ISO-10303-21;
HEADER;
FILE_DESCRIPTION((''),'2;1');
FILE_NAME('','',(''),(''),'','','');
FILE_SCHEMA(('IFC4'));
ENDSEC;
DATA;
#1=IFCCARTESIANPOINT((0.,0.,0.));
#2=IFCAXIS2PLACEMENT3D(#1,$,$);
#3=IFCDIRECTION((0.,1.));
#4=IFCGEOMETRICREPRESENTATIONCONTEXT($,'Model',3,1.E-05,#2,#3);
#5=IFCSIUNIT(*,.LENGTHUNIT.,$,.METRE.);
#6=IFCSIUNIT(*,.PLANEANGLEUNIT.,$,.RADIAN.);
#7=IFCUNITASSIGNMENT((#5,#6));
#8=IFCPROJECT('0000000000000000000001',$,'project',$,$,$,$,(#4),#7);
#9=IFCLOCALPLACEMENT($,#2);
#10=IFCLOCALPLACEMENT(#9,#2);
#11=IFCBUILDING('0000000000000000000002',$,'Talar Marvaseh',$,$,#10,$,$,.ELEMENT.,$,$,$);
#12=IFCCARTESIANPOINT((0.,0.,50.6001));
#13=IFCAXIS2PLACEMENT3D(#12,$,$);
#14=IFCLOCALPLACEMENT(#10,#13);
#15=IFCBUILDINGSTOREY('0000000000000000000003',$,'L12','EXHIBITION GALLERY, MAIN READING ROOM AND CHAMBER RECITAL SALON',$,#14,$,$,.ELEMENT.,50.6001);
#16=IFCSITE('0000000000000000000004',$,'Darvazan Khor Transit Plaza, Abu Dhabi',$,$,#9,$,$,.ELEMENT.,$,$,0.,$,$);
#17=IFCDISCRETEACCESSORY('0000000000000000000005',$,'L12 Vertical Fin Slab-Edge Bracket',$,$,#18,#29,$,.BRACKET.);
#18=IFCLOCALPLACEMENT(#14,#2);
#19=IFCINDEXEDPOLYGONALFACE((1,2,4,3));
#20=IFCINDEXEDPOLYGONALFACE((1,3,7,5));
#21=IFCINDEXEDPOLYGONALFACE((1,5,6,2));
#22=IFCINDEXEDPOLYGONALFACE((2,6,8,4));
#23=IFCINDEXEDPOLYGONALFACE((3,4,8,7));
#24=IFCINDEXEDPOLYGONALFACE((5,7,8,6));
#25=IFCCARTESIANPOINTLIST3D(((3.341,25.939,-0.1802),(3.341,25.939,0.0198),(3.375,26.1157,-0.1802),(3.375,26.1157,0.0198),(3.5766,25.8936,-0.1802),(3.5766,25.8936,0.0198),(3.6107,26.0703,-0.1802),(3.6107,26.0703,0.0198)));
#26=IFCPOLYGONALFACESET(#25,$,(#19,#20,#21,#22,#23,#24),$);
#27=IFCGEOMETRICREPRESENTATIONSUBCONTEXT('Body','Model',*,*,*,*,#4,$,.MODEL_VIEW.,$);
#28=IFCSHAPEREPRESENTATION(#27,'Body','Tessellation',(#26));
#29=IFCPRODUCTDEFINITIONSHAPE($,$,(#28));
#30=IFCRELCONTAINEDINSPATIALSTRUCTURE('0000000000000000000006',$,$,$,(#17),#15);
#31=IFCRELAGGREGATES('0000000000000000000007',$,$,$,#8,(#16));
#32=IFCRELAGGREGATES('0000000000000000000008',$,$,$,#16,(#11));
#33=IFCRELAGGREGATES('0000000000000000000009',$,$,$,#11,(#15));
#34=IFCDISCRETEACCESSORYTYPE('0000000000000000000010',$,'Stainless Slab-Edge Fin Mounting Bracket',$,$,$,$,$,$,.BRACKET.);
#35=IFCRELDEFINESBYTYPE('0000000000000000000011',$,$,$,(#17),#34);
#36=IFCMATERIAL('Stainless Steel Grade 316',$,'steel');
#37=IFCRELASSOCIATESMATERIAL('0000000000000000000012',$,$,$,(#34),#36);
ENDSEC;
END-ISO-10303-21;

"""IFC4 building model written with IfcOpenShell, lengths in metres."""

from ifc_helpers import new_model, si_unit, direction, frame, origin, origin_2d, place, context, subcontext, project, spatial, rectangle, extrude, source, transform, mapped, material, type_object, type_shapes, element, save


model = new_model("IFC4")

# Units and contexts
model_context = context("Model", 3, precision=1e-05, world=origin(), true_north=direction((0.0, 1.0)))
body_context = subcontext(model_context, "Body", "Model", "MODEL_VIEW")
ifc_project = project(units=[si_unit("LENGTHUNIT", "METRE"), si_unit("PLANEANGLEUNIT", "RADIAN")], contexts=[model_context])

# Site, building, storey
site_placement = place(None, origin())
site = spatial("IfcSite", under=ifc_project, at=site_placement, Name="Darvazan Khor Transit Plaza, Abu Dhabi", CompositionType="ELEMENT", RefElevation=0.0)
building_placement = place(site_placement, origin())
building = spatial("IfcBuilding", under=site, at=building_placement, Name="Talar Marvaseh", CompositionType="ELEMENT")
storey_placement = place(building_placement, frame((0.0, 0.0, 50.6001)))
storey = spatial("IfcBuildingStorey", under=building, at=storey_placement, Name="L12", Description="EXHIBITION GALLERY, MAIN READING ROOM AND CHAMBER RECITAL SALON", CompositionType="ELEMENT", Elevation=50.6001)

# Discrete accessory
ifc_material_1 = material(Name="Stainless Steel Grade 316", Category="steel")
discrete_accessory_type = type_object("IfcDiscreteAccessoryType", Name="Stainless Slab-Edge Fin Mounting Bracket", PredefinedType="BRACKET", material=ifc_material_1)
shared_shape_1 = source(origin(), body_context, "Body", "SweptSolid", [
    extrude(rectangle(XDim=0.24, YDim=0.1799, at=origin_2d()), origin(), (0.0, 0.0, 1.0), 0.2),
])
type_shapes(discrete_accessory_type, [shared_shape_1])
for number, where, z_axis, x_axis, name in (
    (1, (3.4758, 26.0046, -0.1802), (0.0, 0.0, 1.0), (-0.981959, 0.189095, 0.0), "L12 Vertical Fin Slab-Edge Bracket"),
):
    element("IfcDiscreteAccessory", number, at=place(storey_placement, frame(where, z_axis=z_axis, x_axis=x_axis)), inside=storey, type_object=discrete_accessory_type, Name=name, PredefinedType="BRACKET", context=body_context, shape_type="MappedRepresentation", body=[
        mapped(shared_shape_1, transform((0.0, 0.0, 0.0), x_axis=(1.0, 0.0, 0.0), y_axis=(0.0, 1.0, 0.0), z_axis=(0.0, 0.0, 1.0), scale=1.0)),
    ])

save(model, "model.ifc")
